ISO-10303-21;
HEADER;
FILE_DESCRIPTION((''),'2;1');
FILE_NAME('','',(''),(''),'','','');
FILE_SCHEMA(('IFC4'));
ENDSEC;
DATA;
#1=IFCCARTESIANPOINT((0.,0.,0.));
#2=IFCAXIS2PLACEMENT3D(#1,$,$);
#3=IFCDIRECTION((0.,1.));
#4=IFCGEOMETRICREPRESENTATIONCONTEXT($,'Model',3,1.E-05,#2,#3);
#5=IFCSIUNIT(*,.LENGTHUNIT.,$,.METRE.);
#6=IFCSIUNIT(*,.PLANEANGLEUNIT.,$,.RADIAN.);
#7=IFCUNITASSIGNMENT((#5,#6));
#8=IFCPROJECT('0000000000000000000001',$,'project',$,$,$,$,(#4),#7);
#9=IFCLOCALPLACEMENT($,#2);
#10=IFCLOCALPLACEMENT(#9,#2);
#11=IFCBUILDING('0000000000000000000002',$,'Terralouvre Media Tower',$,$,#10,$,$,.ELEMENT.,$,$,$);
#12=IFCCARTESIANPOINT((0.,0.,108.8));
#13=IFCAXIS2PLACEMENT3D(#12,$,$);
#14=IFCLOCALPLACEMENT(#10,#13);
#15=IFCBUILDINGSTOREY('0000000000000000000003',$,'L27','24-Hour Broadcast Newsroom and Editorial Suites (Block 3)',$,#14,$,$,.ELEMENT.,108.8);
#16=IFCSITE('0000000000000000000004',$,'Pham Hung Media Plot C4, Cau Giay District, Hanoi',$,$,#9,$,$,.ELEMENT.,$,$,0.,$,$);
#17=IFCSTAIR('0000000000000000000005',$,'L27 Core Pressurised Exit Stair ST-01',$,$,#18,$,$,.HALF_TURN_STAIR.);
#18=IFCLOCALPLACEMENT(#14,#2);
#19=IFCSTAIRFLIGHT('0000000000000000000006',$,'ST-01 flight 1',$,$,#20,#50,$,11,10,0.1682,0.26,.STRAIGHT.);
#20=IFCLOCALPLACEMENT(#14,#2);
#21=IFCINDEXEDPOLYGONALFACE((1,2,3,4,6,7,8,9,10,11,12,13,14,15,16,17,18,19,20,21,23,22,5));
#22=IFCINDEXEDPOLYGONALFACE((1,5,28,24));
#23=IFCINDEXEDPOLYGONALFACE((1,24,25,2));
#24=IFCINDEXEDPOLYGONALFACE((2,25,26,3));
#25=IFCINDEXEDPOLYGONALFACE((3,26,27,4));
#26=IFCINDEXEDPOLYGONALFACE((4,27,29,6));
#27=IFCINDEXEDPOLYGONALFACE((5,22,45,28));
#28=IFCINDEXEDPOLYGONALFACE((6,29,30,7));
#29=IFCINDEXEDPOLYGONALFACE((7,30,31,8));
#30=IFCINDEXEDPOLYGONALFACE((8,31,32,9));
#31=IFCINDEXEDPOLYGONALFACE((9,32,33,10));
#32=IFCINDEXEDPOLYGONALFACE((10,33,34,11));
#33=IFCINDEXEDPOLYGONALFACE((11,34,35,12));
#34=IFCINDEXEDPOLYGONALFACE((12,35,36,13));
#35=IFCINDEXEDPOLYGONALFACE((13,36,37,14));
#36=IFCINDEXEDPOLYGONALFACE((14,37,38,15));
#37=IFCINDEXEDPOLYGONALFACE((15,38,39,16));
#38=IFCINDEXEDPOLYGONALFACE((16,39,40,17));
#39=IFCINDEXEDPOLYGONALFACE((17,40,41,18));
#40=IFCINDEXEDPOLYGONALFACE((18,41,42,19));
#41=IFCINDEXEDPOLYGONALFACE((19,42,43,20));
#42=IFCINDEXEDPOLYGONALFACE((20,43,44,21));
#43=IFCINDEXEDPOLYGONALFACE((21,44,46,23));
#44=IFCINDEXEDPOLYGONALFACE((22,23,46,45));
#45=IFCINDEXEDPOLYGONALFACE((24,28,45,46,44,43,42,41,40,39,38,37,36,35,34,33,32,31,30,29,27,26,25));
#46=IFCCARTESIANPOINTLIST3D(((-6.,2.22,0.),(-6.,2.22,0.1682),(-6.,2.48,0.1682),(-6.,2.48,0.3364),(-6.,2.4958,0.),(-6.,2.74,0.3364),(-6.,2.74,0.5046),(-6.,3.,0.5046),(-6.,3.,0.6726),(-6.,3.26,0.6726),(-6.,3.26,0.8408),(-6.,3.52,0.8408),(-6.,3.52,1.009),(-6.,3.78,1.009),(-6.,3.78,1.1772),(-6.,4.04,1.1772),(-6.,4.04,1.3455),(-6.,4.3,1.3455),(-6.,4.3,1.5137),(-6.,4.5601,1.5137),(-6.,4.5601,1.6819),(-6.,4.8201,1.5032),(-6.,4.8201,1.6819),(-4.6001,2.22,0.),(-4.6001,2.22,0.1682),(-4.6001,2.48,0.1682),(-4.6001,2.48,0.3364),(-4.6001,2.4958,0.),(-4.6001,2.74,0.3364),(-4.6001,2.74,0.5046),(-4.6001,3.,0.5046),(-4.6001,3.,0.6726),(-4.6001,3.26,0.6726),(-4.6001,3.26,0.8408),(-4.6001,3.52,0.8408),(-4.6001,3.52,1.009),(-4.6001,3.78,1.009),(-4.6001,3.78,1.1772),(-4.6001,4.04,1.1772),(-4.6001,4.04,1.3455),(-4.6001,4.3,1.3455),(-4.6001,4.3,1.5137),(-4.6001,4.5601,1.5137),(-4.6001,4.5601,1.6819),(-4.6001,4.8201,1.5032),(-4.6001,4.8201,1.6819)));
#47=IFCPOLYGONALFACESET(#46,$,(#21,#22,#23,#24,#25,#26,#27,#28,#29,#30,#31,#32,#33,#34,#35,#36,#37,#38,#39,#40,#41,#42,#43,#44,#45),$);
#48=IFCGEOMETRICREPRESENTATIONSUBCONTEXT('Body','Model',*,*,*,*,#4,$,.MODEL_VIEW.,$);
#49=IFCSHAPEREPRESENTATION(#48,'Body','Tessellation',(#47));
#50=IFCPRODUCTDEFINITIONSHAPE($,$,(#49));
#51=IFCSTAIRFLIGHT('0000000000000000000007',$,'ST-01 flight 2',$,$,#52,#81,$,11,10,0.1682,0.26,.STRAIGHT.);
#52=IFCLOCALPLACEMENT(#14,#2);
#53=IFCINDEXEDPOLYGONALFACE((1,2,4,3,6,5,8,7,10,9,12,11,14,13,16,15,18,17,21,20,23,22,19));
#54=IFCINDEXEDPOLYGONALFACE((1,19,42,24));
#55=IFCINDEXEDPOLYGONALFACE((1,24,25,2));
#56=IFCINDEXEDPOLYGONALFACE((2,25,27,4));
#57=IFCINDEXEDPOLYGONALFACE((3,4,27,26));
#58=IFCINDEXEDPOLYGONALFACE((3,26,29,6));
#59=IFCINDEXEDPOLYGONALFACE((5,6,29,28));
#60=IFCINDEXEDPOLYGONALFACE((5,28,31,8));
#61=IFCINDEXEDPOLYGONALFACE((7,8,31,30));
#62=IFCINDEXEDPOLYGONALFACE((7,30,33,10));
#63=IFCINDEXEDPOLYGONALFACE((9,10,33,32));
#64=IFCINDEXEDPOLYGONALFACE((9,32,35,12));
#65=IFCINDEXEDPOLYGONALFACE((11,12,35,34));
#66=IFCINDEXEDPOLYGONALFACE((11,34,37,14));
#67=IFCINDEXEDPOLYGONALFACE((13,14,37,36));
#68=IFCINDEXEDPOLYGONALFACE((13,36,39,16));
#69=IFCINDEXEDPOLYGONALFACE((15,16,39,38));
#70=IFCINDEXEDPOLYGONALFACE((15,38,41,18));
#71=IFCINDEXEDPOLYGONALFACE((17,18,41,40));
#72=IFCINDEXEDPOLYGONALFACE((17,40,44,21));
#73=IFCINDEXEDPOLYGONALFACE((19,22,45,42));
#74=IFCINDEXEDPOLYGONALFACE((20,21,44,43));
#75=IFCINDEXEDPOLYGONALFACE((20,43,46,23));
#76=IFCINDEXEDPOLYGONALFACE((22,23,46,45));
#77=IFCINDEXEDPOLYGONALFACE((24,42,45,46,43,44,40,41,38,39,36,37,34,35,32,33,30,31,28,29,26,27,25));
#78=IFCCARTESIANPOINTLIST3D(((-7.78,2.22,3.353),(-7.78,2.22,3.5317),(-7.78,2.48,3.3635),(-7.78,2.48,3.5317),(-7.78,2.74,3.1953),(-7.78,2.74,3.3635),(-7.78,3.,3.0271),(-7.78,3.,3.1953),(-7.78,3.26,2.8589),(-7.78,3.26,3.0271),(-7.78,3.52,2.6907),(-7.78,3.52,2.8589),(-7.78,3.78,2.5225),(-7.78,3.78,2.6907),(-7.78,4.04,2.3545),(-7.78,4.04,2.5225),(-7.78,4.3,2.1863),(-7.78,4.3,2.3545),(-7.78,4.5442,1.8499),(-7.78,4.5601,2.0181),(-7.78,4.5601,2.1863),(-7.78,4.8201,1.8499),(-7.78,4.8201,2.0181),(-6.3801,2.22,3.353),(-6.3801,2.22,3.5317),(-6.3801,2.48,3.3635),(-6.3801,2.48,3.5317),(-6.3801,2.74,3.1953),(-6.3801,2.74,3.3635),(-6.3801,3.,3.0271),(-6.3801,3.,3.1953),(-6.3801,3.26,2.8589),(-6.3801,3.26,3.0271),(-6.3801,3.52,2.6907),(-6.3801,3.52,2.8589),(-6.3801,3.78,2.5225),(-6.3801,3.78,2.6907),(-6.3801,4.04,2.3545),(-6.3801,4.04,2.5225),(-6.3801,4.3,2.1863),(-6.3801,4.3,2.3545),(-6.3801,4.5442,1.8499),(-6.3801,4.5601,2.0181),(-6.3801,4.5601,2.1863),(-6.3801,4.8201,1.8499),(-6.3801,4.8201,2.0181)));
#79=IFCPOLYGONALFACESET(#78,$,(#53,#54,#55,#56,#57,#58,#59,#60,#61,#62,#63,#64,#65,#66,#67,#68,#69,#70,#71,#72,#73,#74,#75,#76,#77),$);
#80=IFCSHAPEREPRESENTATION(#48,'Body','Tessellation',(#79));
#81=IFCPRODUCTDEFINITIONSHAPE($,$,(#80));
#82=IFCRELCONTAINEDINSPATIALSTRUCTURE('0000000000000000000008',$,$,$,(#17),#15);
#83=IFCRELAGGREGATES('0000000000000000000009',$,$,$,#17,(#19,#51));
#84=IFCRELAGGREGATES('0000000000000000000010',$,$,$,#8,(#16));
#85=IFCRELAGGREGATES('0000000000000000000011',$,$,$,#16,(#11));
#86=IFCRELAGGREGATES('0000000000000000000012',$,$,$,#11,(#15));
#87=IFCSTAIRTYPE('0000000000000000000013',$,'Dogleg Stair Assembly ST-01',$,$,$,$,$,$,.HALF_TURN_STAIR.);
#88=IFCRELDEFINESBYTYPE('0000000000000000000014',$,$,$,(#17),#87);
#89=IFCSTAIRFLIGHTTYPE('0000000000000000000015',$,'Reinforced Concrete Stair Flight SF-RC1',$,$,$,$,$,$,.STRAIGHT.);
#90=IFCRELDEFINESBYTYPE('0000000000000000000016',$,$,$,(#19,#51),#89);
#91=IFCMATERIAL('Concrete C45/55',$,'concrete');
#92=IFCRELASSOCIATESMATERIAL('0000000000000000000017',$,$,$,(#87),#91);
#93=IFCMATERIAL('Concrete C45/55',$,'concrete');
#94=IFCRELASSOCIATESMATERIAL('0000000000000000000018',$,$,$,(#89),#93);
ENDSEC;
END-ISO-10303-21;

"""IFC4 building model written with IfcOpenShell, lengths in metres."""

from ifc_helpers import new_model, si_unit, direction, frame, origin, place, context, subcontext, project, spatial, polyline, outline, extrude, material, type_object, element, aggregate, save


model = new_model("IFC4")

# Units and contexts
model_context = context("Model", 3, precision=1e-05, world=origin(), true_north=direction((0.0, 1.0)))
body_context = subcontext(model_context, "Body", "Model", "MODEL_VIEW")
ifc_project = project(units=[si_unit("LENGTHUNIT", "METRE"), si_unit("PLANEANGLEUNIT", "RADIAN")], contexts=[model_context])

# Site, building, storey
site_placement = place(None, origin())
site = spatial("IfcSite", under=ifc_project, at=site_placement, Name="Pham Hung Media Plot C4, Cau Giay District, Hanoi", CompositionType="ELEMENT", RefElevation=0.0)
building_placement = place(site_placement, origin())
building = spatial("IfcBuilding", under=site, at=building_placement, Name="Terralouvre Media Tower", CompositionType="ELEMENT")
storey_placement = place(building_placement, frame((0.0, 0.0, 108.8)))
storey = spatial("IfcBuildingStorey", under=building, at=storey_placement, Name="L27", Description="24-Hour Broadcast Newsroom and Editorial Suites (Block 3)", CompositionType="ELEMENT", Elevation=108.8)

# Stair, stair flights
ifc_material_1 = material(Name="Concrete C45/55", Category="concrete")
stair_type = type_object("IfcStairType", Name="Dogleg Stair Assembly ST-01", PredefinedType="HALF_TURN_STAIR", material=ifc_material_1)
stair_placement = place(storey_placement, origin())
stair = element("IfcStair", 1, at=stair_placement, inside=storey, type_object=stair_type, Name="L27 Core Pressurised Exit Stair ST-01", PredefinedType="HALF_TURN_STAIR")
ifc_material_2 = material(Name="Concrete C45/55", Category="concrete")
stair_flight_type = type_object("IfcStairFlightType", Name="Reinforced Concrete Stair Flight SF-RC1", PredefinedType="STRAIGHT", material=ifc_material_2)
stair_flight_1_placement = place(storey_placement, frame((-5.3, 2.22, 0.0), z_axis=(0.0, 0.0, 1.0), x_axis=(0.0, 1.0, 0.0)))
stair_flight_1 = element("IfcStairFlight", 2, at=stair_flight_1_placement, type_object=stair_flight_type, Name="ST-01 flight 1", NumberOfRisers=11, NumberOfTreads=10, PredefinedType="STRAIGHT", RiserHeight=0.1682, TreadLength=0.26, context=body_context, shape_type="SweptSolid", body=[
    extrude(outline(polyline([(0.0, 0.0), (0.0, 0.1682), (0.26, 0.1682), (0.26, 0.3364), (0.52, 0.3364), (0.52, 0.5046), (0.78, 0.5046), (0.78, 0.6726), (1.04, 0.6726), (1.04, 0.8408), (1.3, 0.8408), (1.3, 1.009), (1.5601, 1.009), (1.5601, 1.1772), (1.8201, 1.1772), (1.8201, 1.3455), (2.0801, 1.3455), (2.0801, 1.5137), (2.3401, 1.5137), (2.3401, 1.6819), (2.6001, 1.6819), (2.6001, 1.8501), (2.6001, 1.5032), (0.2759, 0.0), (0.0, 0.0)])), frame((0.0, 0.7, 0.0), z_axis=(0.0, -1.0, 0.0), x_axis=(1.0, 0.0, 0.0)), (0.0, 0.0, 1.0), 1.3999),
])
stair_flight_2_placement = place(storey_placement, frame((-7.0801, 4.8201, 1.8499), z_axis=(0.0, 0.0, 1.0), x_axis=(0.0, -1.0, 0.0)))
stair_flight_2 = element("IfcStairFlight", 3, at=stair_flight_2_placement, type_object=stair_flight_type, Name="ST-01 flight 2", NumberOfRisers=11, NumberOfTreads=10, PredefinedType="STRAIGHT", RiserHeight=0.1682, TreadLength=0.26, context=body_context, shape_type="SweptSolid", body=[
    extrude(outline(polyline([(0.0, 0.0), (0.0, 0.1682), (0.26, 0.1682), (0.26, 0.3364), (0.52, 0.3364), (0.52, 0.5046), (0.78, 0.5046), (0.78, 0.6726), (1.04, 0.6726), (1.04, 0.8408), (1.3, 0.8408), (1.3, 1.009), (1.5601, 1.009), (1.5601, 1.1772), (1.8201, 1.1772), (1.8201, 1.3455), (2.0801, 1.3455), (2.0801, 1.5137), (2.3401, 1.5137), (2.3401, 1.6819), (2.6001, 1.6819), (2.6001, 1.8501), (2.6001, 1.5032), (0.2759, 0.0), (0.0, 0.0)])), frame((0.0, 0.7, 0.0), z_axis=(0.0, -1.0, 0.0), x_axis=(1.0, 0.0, 0.0)), (0.0, 0.0, 1.0), 1.3999),
])
aggregate(stair, [stair_flight_1, stair_flight_2])

save(model, "model.ifc")
